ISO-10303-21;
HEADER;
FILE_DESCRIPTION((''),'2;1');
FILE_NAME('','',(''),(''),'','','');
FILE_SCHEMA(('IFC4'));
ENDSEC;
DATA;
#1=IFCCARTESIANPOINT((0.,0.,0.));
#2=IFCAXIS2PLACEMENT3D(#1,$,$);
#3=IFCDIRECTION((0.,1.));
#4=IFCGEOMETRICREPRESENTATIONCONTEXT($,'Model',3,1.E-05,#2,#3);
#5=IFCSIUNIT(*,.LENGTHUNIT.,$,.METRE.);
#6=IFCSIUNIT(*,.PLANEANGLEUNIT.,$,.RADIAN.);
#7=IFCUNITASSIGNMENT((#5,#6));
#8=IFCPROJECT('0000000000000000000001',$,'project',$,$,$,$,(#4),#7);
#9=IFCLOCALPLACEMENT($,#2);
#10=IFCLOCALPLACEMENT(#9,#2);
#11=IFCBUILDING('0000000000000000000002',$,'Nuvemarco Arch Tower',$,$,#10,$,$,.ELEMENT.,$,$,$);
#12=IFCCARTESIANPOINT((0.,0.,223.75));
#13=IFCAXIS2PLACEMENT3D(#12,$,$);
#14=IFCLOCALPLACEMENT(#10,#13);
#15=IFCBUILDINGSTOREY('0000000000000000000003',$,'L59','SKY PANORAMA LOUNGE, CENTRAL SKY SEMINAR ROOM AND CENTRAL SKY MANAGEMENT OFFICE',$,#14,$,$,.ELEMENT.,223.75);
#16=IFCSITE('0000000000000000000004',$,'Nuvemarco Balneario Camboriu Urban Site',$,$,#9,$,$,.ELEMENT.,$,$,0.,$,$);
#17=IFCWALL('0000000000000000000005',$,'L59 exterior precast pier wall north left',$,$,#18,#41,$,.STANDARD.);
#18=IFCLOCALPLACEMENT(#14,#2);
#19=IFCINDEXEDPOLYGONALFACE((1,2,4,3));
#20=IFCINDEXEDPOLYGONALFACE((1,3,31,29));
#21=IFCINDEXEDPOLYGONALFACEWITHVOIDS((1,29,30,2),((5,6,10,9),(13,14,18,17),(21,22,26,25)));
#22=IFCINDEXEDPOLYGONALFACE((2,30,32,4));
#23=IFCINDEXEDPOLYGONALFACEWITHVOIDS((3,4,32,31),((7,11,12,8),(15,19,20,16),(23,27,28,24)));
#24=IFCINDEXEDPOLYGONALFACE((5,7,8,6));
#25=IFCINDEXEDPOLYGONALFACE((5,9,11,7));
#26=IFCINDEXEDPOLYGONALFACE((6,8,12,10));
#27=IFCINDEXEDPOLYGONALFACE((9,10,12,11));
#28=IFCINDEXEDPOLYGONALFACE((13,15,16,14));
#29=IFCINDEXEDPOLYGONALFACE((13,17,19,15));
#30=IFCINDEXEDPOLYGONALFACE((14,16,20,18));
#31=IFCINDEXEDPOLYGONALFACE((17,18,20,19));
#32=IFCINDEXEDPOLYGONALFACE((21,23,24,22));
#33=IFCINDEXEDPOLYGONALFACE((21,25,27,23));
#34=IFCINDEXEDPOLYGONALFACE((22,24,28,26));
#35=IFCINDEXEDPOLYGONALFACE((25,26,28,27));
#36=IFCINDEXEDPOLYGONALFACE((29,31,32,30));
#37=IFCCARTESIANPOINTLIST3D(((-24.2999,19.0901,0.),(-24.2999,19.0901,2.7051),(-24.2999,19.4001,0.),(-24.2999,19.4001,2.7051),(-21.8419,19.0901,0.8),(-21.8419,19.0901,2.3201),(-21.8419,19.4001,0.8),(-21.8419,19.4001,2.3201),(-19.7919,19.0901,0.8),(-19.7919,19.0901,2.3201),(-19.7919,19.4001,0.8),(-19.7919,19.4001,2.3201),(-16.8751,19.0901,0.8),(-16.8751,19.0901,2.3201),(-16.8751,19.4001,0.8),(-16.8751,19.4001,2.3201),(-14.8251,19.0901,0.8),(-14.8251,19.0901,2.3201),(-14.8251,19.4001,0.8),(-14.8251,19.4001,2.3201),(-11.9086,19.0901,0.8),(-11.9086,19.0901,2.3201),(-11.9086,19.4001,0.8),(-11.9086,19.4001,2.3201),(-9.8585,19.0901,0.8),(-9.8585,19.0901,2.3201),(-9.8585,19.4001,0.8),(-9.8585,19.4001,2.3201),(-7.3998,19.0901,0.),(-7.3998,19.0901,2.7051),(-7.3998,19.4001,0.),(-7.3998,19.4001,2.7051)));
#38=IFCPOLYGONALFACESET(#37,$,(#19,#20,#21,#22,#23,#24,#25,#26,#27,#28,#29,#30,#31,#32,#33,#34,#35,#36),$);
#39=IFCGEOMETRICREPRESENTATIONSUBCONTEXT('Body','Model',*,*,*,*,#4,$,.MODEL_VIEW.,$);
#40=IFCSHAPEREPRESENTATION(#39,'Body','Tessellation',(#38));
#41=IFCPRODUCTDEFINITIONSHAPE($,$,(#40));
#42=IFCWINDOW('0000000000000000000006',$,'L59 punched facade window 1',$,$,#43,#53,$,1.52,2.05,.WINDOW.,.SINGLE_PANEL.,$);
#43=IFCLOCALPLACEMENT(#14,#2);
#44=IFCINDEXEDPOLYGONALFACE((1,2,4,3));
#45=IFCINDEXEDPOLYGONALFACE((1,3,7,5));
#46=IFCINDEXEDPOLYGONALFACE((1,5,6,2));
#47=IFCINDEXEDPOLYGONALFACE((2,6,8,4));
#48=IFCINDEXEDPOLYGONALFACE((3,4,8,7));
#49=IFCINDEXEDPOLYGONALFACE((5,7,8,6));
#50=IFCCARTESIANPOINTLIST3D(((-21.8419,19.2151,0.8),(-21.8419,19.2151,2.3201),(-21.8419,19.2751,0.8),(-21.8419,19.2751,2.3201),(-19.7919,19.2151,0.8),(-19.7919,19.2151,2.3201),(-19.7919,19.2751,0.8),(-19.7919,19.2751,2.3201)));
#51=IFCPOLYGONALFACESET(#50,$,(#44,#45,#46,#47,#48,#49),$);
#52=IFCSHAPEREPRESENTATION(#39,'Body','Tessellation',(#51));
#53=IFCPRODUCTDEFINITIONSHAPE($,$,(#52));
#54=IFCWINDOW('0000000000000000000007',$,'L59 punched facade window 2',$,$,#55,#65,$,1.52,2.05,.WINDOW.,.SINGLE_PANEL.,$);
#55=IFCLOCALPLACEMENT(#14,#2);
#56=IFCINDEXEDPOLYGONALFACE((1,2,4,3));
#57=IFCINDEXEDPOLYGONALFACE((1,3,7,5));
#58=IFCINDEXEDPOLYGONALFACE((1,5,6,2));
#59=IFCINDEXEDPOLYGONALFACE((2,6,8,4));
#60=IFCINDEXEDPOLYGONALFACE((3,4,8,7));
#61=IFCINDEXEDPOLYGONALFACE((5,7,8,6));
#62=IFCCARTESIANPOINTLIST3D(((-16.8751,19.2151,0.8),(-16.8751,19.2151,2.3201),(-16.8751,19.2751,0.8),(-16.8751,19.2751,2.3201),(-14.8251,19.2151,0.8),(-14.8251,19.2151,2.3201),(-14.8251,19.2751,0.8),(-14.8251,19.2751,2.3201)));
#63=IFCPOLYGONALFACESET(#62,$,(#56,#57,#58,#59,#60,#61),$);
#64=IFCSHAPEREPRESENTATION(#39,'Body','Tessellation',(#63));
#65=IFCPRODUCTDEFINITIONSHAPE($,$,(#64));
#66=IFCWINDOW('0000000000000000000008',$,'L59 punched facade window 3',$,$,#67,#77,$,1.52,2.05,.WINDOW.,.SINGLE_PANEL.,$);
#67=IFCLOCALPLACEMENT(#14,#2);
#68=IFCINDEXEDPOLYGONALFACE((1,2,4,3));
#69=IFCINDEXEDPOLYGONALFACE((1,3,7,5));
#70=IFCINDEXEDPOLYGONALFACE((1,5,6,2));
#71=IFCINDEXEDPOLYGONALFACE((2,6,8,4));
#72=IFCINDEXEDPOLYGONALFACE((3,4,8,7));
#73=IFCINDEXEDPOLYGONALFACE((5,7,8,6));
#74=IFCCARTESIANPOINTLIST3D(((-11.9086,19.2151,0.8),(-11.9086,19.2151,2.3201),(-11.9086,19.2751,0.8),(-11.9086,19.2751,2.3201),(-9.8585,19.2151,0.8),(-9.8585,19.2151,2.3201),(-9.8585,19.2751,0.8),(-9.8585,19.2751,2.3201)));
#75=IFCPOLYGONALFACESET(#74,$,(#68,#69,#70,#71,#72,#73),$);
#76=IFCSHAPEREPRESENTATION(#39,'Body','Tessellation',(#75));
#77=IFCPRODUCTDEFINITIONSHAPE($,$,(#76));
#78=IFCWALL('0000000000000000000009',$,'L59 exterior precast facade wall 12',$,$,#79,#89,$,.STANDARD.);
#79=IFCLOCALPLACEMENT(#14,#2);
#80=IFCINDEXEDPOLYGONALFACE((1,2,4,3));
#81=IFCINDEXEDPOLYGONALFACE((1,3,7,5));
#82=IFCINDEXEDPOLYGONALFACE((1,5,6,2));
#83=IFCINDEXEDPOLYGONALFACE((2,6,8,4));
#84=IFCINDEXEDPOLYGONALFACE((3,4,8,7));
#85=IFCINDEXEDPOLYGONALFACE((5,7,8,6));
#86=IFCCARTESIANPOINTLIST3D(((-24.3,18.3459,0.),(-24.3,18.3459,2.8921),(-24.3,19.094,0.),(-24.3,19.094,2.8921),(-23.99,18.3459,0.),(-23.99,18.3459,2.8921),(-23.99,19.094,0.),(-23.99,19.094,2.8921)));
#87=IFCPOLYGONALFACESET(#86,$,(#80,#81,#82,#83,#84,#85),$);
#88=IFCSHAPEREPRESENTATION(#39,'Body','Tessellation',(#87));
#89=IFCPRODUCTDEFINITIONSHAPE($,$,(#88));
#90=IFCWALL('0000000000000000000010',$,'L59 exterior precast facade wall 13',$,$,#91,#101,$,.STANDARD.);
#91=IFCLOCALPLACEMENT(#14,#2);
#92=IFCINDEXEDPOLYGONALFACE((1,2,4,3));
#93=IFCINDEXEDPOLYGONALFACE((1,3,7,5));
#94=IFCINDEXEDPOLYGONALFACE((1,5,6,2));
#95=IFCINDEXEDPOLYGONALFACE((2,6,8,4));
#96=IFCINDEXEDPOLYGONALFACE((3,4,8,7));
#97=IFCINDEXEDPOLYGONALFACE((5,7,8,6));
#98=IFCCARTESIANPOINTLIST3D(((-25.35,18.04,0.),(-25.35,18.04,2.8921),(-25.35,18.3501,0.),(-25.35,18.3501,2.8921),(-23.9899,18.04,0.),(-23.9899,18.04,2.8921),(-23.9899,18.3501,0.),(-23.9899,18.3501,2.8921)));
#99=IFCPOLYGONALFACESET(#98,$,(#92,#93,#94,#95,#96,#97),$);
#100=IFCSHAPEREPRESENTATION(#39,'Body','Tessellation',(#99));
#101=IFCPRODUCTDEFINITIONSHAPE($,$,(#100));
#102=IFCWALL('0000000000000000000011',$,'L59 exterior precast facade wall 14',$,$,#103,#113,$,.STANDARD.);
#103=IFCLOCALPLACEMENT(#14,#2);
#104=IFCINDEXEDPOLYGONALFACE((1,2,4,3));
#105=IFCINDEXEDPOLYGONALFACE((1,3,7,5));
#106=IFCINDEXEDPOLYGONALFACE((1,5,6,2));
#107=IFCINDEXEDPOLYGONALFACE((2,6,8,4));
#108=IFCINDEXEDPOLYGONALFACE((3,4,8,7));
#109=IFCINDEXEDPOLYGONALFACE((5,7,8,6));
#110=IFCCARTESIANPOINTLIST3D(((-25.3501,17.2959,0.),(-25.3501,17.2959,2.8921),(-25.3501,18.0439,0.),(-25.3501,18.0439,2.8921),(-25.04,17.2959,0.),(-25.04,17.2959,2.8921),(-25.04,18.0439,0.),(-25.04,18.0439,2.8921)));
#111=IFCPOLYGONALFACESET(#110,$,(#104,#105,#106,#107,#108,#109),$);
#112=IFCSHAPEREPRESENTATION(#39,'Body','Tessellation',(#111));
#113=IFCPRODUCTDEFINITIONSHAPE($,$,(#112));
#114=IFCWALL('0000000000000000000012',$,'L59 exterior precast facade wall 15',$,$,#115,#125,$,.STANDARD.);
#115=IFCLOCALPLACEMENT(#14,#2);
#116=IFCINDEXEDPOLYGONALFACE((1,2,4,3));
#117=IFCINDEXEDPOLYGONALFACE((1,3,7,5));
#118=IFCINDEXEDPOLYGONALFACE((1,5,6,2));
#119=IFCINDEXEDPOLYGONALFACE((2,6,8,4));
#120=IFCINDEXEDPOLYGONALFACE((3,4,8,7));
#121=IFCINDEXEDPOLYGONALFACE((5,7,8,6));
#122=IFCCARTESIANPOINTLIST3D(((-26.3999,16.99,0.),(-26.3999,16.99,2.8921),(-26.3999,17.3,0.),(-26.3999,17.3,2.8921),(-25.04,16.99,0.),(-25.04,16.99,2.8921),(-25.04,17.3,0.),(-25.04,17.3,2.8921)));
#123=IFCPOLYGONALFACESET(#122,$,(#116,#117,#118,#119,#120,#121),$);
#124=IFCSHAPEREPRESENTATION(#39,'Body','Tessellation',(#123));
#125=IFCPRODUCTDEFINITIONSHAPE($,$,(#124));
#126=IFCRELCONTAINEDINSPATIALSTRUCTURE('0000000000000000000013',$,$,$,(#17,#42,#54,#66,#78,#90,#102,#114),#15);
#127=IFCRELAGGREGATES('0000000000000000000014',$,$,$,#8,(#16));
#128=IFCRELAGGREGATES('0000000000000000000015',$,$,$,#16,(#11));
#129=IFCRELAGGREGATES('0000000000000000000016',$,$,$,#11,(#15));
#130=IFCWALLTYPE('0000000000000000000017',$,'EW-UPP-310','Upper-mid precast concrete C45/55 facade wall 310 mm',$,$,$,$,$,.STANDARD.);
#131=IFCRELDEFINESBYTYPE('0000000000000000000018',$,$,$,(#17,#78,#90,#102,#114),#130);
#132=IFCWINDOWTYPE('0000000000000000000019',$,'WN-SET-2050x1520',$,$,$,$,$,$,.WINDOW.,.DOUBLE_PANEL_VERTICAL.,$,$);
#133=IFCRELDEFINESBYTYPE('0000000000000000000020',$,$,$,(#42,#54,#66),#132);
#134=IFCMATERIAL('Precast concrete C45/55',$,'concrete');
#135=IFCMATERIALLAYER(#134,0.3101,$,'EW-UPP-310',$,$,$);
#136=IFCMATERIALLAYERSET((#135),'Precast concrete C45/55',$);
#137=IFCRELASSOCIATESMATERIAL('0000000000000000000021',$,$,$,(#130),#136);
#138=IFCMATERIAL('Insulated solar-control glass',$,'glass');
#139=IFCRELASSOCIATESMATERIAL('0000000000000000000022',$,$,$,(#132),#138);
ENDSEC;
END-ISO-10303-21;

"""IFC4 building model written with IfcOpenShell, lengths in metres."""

from ifc_helpers import new_model, si_unit, direction, frame, frame_2d, origin, place, context, subcontext, project, spatial, rectangle, extrude, source, transform, mapped, material, layer, layer_set, type_object, type_shapes, element, fill, save


model = new_model("IFC4")

# Units and contexts
model_context = context("Model", 3, precision=1e-05, world=origin(), true_north=direction((0.0, 1.0)))
body_context = subcontext(model_context, "Body", "Model", "MODEL_VIEW")
ifc_project = project(units=[si_unit("LENGTHUNIT", "METRE"), si_unit("PLANEANGLEUNIT", "RADIAN")], contexts=[model_context])

# Site, building, storey
site_placement = place(None, origin())
site = spatial("IfcSite", under=ifc_project, at=site_placement, Name="Nuvemarco Balneario Camboriu Urban Site", CompositionType="ELEMENT", RefElevation=0.0)
building_placement = place(site_placement, origin())
building = spatial("IfcBuilding", under=site, at=building_placement, Name="Nuvemarco Arch Tower", CompositionType="ELEMENT")
storey_placement = place(building_placement, frame((0.0, 0.0, 223.75)))
storey = spatial("IfcBuildingStorey", under=building, at=storey_placement, Name="L59", Description="SKY PANORAMA LOUNGE, CENTRAL SKY SEMINAR ROOM AND CENTRAL SKY MANAGEMENT OFFICE", CompositionType="ELEMENT", Elevation=223.75)

# Wall, openings, windows
ifc_material_1 = material(Name="Precast concrete C45/55", Category="concrete")
ifc_layer_1 = layer(ifc_material_1, 0.3101, Name="EW-UPP-310")
ifc_layer_set_1 = layer_set([ifc_layer_1], Name="Precast concrete C45/55")
wall_type_1 = type_object("IfcWallType", Name="EW-UPP-310", Description="Upper-mid precast concrete C45/55 facade wall 310 mm", PredefinedType="STANDARD", material=ifc_layer_set_1)
wall_1_placement = place(storey_placement, frame((-24.3, 19.2451, 0.0), z_axis=(0.0, 0.0, 1.0), x_axis=(1.0, 0.0, 0.0)))
wall_1 = element("IfcWall", 1, at=wall_1_placement, inside=storey, type_object=wall_type_1, Name="L59 exterior precast pier wall north left", PredefinedType="STANDARD", context=body_context, shape_type="SweptSolid", body=[
    extrude(rectangle(XDim=16.9001, YDim=0.3101, at=frame_2d((8.4502, 0.0))), origin(), (0.0, 0.0, 1.0), 2.7051),
])
opening_1_placement = place(wall_1_placement, frame((2.4583, 0.0, 0.8)))
opening_1 = element("IfcOpeningElement", 2, at=opening_1_placement, cuts=wall_1, PredefinedType="OPENING", context=body_context, shape_type="SweptSolid", body=[
    extrude(rectangle(XDim=2.05, YDim=1.52, at=frame_2d((1.0249, 0.76))), frame((0.0, 0.165, 0.0), z_axis=(0.0, -1.0, 0.0), x_axis=(1.0, 0.0, 0.0)), (0.0, 0.0, 1.0), 0.3301),
])
opening_2_placement = place(wall_1_placement, frame((7.425, 0.0, 0.8)))
opening_2 = element("IfcOpeningElement", 3, at=opening_2_placement, cuts=wall_1, PredefinedType="OPENING", context=body_context, shape_type="SweptSolid", body=[
    extrude(rectangle(XDim=2.05, YDim=1.52, at=frame_2d((1.0249, 0.76))), frame((0.0, 0.165, 0.0), z_axis=(0.0, -1.0, 0.0), x_axis=(1.0, 0.0, 0.0)), (0.0, 0.0, 1.0), 0.3301),
])
opening_3_placement = place(wall_1_placement, frame((12.3916, 0.0, 0.8)))
opening_3 = element("IfcOpeningElement", 4, at=opening_3_placement, cuts=wall_1, PredefinedType="OPENING", context=body_context, shape_type="SweptSolid", body=[
    extrude(rectangle(XDim=2.05, YDim=1.52, at=frame_2d((1.0249, 0.76))), frame((0.0, 0.165, 0.0), z_axis=(0.0, -1.0, 0.0), x_axis=(1.0, 0.0, 0.0)), (0.0, 0.0, 1.0), 0.3301),
])
ifc_material_2 = material(Name="Insulated solar-control glass", Category="glass")
window_type = type_object("IfcWindowType", Name="WN-SET-2050x1520", PartitioningType="DOUBLE_PANEL_VERTICAL", PredefinedType="WINDOW", material=ifc_material_2)
shared_shape_1 = source(origin(), body_context, "Body", "SweptSolid", [
    extrude(rectangle(XDim=2.05, YDim=1.52, at=frame_2d((1.0249, 0.76))), frame((0.0, 0.03, 0.0), z_axis=(0.0, -1.0, 0.0), x_axis=(1.0, 0.0, 0.0)), (0.0, 0.0, 1.0), 0.0601),
])
type_shapes(window_type, [shared_shape_1])
window_1_placement = place(opening_1_placement, origin())
window_1 = element("IfcWindow", 5, at=window_1_placement, inside=storey, type_object=window_type, Name="L59 punched facade window 1", OverallHeight=1.52, OverallWidth=2.05, PartitioningType="SINGLE_PANEL", PredefinedType="WINDOW", context=body_context, shape_type="MappedRepresentation", body=[
    mapped(shared_shape_1, transform((0.0, 0.0, 0.0), scale=1.0)),
])
fill(opening_1, window_1)
window_2_placement = place(opening_2_placement, origin())
window_2 = element("IfcWindow", 6, at=window_2_placement, inside=storey, type_object=window_type, Name="L59 punched facade window 2", OverallHeight=1.52, OverallWidth=2.05, PartitioningType="SINGLE_PANEL", PredefinedType="WINDOW", context=body_context, shape_type="MappedRepresentation", body=[
    mapped(shared_shape_1, transform((0.0, 0.0, 0.0), scale=1.0)),
])
fill(opening_2, window_2)
window_3_placement = place(opening_3_placement, origin())
window_3 = element("IfcWindow", 7, at=window_3_placement, inside=storey, type_object=window_type, Name="L59 punched facade window 3", OverallHeight=1.52, OverallWidth=2.05, PartitioningType="SINGLE_PANEL", PredefinedType="WINDOW", context=body_context, shape_type="MappedRepresentation", body=[
    mapped(shared_shape_1, transform((0.0, 0.0, 0.0), scale=1.0)),
])
fill(opening_3, window_3)

# Walls
wall_2_placement = place(storey_placement, frame((-24.145, 18.3459, 0.0), z_axis=(0.0, 0.0, 1.0), x_axis=(0.0, 1.0, 0.0)))
element("IfcWall", 8, at=wall_2_placement, inside=storey, type_object=wall_type_1, Name="L59 exterior precast facade wall 12", PredefinedType="STANDARD", context=body_context, shape_type="SweptSolid", body=[
    extrude(rectangle(XDim=0.748, YDim=0.3101, at=frame_2d((0.374, 0.0))), origin(), (0.0, 0.0, 1.0), 2.8921),
])
wall_3_placement = place(storey_placement, frame((-25.3501, 18.1951, 0.0), z_axis=(0.0, 0.0, 1.0), x_axis=(1.0, 0.0, 0.0)))
element("IfcWall", 9, at=wall_3_placement, inside=storey, type_object=wall_type_1, Name="L59 exterior precast facade wall 13", PredefinedType="STANDARD", context=body_context, shape_type="SweptSolid", body=[
    extrude(rectangle(XDim=1.3601, YDim=0.3101, at=frame_2d((0.6802, 0.0))), origin(), (0.0, 0.0, 1.0), 2.8921),
])
wall_4_placement = place(storey_placement, frame((-25.1951, 17.2959, 0.0), z_axis=(0.0, 0.0, 1.0), x_axis=(0.0, 1.0, 0.0)))
element("IfcWall", 10, at=wall_4_placement, inside=storey, type_object=wall_type_1, Name="L59 exterior precast facade wall 14", PredefinedType="STANDARD", context=body_context, shape_type="SweptSolid", body=[
    extrude(rectangle(XDim=0.748, YDim=0.3101, at=frame_2d((0.374, 0.0))), origin(), (0.0, 0.0, 1.0), 2.8921),
])
wall_5_placement = place(storey_placement, frame((-26.3999, 17.145, 0.0), z_axis=(0.0, 0.0, 1.0), x_axis=(1.0, 0.0, 0.0)))
element("IfcWall", 11, at=wall_5_placement, inside=storey, type_object=wall_type_1, Name="L59 exterior precast facade wall 15", PredefinedType="STANDARD", context=body_context, shape_type="SweptSolid", body=[
    extrude(rectangle(XDim=1.3599, YDim=0.3101, at=frame_2d((0.6799, 0.0))), origin(), (0.0, 0.0, 1.0), 2.8921),
])

save(model, "model.ifc")
